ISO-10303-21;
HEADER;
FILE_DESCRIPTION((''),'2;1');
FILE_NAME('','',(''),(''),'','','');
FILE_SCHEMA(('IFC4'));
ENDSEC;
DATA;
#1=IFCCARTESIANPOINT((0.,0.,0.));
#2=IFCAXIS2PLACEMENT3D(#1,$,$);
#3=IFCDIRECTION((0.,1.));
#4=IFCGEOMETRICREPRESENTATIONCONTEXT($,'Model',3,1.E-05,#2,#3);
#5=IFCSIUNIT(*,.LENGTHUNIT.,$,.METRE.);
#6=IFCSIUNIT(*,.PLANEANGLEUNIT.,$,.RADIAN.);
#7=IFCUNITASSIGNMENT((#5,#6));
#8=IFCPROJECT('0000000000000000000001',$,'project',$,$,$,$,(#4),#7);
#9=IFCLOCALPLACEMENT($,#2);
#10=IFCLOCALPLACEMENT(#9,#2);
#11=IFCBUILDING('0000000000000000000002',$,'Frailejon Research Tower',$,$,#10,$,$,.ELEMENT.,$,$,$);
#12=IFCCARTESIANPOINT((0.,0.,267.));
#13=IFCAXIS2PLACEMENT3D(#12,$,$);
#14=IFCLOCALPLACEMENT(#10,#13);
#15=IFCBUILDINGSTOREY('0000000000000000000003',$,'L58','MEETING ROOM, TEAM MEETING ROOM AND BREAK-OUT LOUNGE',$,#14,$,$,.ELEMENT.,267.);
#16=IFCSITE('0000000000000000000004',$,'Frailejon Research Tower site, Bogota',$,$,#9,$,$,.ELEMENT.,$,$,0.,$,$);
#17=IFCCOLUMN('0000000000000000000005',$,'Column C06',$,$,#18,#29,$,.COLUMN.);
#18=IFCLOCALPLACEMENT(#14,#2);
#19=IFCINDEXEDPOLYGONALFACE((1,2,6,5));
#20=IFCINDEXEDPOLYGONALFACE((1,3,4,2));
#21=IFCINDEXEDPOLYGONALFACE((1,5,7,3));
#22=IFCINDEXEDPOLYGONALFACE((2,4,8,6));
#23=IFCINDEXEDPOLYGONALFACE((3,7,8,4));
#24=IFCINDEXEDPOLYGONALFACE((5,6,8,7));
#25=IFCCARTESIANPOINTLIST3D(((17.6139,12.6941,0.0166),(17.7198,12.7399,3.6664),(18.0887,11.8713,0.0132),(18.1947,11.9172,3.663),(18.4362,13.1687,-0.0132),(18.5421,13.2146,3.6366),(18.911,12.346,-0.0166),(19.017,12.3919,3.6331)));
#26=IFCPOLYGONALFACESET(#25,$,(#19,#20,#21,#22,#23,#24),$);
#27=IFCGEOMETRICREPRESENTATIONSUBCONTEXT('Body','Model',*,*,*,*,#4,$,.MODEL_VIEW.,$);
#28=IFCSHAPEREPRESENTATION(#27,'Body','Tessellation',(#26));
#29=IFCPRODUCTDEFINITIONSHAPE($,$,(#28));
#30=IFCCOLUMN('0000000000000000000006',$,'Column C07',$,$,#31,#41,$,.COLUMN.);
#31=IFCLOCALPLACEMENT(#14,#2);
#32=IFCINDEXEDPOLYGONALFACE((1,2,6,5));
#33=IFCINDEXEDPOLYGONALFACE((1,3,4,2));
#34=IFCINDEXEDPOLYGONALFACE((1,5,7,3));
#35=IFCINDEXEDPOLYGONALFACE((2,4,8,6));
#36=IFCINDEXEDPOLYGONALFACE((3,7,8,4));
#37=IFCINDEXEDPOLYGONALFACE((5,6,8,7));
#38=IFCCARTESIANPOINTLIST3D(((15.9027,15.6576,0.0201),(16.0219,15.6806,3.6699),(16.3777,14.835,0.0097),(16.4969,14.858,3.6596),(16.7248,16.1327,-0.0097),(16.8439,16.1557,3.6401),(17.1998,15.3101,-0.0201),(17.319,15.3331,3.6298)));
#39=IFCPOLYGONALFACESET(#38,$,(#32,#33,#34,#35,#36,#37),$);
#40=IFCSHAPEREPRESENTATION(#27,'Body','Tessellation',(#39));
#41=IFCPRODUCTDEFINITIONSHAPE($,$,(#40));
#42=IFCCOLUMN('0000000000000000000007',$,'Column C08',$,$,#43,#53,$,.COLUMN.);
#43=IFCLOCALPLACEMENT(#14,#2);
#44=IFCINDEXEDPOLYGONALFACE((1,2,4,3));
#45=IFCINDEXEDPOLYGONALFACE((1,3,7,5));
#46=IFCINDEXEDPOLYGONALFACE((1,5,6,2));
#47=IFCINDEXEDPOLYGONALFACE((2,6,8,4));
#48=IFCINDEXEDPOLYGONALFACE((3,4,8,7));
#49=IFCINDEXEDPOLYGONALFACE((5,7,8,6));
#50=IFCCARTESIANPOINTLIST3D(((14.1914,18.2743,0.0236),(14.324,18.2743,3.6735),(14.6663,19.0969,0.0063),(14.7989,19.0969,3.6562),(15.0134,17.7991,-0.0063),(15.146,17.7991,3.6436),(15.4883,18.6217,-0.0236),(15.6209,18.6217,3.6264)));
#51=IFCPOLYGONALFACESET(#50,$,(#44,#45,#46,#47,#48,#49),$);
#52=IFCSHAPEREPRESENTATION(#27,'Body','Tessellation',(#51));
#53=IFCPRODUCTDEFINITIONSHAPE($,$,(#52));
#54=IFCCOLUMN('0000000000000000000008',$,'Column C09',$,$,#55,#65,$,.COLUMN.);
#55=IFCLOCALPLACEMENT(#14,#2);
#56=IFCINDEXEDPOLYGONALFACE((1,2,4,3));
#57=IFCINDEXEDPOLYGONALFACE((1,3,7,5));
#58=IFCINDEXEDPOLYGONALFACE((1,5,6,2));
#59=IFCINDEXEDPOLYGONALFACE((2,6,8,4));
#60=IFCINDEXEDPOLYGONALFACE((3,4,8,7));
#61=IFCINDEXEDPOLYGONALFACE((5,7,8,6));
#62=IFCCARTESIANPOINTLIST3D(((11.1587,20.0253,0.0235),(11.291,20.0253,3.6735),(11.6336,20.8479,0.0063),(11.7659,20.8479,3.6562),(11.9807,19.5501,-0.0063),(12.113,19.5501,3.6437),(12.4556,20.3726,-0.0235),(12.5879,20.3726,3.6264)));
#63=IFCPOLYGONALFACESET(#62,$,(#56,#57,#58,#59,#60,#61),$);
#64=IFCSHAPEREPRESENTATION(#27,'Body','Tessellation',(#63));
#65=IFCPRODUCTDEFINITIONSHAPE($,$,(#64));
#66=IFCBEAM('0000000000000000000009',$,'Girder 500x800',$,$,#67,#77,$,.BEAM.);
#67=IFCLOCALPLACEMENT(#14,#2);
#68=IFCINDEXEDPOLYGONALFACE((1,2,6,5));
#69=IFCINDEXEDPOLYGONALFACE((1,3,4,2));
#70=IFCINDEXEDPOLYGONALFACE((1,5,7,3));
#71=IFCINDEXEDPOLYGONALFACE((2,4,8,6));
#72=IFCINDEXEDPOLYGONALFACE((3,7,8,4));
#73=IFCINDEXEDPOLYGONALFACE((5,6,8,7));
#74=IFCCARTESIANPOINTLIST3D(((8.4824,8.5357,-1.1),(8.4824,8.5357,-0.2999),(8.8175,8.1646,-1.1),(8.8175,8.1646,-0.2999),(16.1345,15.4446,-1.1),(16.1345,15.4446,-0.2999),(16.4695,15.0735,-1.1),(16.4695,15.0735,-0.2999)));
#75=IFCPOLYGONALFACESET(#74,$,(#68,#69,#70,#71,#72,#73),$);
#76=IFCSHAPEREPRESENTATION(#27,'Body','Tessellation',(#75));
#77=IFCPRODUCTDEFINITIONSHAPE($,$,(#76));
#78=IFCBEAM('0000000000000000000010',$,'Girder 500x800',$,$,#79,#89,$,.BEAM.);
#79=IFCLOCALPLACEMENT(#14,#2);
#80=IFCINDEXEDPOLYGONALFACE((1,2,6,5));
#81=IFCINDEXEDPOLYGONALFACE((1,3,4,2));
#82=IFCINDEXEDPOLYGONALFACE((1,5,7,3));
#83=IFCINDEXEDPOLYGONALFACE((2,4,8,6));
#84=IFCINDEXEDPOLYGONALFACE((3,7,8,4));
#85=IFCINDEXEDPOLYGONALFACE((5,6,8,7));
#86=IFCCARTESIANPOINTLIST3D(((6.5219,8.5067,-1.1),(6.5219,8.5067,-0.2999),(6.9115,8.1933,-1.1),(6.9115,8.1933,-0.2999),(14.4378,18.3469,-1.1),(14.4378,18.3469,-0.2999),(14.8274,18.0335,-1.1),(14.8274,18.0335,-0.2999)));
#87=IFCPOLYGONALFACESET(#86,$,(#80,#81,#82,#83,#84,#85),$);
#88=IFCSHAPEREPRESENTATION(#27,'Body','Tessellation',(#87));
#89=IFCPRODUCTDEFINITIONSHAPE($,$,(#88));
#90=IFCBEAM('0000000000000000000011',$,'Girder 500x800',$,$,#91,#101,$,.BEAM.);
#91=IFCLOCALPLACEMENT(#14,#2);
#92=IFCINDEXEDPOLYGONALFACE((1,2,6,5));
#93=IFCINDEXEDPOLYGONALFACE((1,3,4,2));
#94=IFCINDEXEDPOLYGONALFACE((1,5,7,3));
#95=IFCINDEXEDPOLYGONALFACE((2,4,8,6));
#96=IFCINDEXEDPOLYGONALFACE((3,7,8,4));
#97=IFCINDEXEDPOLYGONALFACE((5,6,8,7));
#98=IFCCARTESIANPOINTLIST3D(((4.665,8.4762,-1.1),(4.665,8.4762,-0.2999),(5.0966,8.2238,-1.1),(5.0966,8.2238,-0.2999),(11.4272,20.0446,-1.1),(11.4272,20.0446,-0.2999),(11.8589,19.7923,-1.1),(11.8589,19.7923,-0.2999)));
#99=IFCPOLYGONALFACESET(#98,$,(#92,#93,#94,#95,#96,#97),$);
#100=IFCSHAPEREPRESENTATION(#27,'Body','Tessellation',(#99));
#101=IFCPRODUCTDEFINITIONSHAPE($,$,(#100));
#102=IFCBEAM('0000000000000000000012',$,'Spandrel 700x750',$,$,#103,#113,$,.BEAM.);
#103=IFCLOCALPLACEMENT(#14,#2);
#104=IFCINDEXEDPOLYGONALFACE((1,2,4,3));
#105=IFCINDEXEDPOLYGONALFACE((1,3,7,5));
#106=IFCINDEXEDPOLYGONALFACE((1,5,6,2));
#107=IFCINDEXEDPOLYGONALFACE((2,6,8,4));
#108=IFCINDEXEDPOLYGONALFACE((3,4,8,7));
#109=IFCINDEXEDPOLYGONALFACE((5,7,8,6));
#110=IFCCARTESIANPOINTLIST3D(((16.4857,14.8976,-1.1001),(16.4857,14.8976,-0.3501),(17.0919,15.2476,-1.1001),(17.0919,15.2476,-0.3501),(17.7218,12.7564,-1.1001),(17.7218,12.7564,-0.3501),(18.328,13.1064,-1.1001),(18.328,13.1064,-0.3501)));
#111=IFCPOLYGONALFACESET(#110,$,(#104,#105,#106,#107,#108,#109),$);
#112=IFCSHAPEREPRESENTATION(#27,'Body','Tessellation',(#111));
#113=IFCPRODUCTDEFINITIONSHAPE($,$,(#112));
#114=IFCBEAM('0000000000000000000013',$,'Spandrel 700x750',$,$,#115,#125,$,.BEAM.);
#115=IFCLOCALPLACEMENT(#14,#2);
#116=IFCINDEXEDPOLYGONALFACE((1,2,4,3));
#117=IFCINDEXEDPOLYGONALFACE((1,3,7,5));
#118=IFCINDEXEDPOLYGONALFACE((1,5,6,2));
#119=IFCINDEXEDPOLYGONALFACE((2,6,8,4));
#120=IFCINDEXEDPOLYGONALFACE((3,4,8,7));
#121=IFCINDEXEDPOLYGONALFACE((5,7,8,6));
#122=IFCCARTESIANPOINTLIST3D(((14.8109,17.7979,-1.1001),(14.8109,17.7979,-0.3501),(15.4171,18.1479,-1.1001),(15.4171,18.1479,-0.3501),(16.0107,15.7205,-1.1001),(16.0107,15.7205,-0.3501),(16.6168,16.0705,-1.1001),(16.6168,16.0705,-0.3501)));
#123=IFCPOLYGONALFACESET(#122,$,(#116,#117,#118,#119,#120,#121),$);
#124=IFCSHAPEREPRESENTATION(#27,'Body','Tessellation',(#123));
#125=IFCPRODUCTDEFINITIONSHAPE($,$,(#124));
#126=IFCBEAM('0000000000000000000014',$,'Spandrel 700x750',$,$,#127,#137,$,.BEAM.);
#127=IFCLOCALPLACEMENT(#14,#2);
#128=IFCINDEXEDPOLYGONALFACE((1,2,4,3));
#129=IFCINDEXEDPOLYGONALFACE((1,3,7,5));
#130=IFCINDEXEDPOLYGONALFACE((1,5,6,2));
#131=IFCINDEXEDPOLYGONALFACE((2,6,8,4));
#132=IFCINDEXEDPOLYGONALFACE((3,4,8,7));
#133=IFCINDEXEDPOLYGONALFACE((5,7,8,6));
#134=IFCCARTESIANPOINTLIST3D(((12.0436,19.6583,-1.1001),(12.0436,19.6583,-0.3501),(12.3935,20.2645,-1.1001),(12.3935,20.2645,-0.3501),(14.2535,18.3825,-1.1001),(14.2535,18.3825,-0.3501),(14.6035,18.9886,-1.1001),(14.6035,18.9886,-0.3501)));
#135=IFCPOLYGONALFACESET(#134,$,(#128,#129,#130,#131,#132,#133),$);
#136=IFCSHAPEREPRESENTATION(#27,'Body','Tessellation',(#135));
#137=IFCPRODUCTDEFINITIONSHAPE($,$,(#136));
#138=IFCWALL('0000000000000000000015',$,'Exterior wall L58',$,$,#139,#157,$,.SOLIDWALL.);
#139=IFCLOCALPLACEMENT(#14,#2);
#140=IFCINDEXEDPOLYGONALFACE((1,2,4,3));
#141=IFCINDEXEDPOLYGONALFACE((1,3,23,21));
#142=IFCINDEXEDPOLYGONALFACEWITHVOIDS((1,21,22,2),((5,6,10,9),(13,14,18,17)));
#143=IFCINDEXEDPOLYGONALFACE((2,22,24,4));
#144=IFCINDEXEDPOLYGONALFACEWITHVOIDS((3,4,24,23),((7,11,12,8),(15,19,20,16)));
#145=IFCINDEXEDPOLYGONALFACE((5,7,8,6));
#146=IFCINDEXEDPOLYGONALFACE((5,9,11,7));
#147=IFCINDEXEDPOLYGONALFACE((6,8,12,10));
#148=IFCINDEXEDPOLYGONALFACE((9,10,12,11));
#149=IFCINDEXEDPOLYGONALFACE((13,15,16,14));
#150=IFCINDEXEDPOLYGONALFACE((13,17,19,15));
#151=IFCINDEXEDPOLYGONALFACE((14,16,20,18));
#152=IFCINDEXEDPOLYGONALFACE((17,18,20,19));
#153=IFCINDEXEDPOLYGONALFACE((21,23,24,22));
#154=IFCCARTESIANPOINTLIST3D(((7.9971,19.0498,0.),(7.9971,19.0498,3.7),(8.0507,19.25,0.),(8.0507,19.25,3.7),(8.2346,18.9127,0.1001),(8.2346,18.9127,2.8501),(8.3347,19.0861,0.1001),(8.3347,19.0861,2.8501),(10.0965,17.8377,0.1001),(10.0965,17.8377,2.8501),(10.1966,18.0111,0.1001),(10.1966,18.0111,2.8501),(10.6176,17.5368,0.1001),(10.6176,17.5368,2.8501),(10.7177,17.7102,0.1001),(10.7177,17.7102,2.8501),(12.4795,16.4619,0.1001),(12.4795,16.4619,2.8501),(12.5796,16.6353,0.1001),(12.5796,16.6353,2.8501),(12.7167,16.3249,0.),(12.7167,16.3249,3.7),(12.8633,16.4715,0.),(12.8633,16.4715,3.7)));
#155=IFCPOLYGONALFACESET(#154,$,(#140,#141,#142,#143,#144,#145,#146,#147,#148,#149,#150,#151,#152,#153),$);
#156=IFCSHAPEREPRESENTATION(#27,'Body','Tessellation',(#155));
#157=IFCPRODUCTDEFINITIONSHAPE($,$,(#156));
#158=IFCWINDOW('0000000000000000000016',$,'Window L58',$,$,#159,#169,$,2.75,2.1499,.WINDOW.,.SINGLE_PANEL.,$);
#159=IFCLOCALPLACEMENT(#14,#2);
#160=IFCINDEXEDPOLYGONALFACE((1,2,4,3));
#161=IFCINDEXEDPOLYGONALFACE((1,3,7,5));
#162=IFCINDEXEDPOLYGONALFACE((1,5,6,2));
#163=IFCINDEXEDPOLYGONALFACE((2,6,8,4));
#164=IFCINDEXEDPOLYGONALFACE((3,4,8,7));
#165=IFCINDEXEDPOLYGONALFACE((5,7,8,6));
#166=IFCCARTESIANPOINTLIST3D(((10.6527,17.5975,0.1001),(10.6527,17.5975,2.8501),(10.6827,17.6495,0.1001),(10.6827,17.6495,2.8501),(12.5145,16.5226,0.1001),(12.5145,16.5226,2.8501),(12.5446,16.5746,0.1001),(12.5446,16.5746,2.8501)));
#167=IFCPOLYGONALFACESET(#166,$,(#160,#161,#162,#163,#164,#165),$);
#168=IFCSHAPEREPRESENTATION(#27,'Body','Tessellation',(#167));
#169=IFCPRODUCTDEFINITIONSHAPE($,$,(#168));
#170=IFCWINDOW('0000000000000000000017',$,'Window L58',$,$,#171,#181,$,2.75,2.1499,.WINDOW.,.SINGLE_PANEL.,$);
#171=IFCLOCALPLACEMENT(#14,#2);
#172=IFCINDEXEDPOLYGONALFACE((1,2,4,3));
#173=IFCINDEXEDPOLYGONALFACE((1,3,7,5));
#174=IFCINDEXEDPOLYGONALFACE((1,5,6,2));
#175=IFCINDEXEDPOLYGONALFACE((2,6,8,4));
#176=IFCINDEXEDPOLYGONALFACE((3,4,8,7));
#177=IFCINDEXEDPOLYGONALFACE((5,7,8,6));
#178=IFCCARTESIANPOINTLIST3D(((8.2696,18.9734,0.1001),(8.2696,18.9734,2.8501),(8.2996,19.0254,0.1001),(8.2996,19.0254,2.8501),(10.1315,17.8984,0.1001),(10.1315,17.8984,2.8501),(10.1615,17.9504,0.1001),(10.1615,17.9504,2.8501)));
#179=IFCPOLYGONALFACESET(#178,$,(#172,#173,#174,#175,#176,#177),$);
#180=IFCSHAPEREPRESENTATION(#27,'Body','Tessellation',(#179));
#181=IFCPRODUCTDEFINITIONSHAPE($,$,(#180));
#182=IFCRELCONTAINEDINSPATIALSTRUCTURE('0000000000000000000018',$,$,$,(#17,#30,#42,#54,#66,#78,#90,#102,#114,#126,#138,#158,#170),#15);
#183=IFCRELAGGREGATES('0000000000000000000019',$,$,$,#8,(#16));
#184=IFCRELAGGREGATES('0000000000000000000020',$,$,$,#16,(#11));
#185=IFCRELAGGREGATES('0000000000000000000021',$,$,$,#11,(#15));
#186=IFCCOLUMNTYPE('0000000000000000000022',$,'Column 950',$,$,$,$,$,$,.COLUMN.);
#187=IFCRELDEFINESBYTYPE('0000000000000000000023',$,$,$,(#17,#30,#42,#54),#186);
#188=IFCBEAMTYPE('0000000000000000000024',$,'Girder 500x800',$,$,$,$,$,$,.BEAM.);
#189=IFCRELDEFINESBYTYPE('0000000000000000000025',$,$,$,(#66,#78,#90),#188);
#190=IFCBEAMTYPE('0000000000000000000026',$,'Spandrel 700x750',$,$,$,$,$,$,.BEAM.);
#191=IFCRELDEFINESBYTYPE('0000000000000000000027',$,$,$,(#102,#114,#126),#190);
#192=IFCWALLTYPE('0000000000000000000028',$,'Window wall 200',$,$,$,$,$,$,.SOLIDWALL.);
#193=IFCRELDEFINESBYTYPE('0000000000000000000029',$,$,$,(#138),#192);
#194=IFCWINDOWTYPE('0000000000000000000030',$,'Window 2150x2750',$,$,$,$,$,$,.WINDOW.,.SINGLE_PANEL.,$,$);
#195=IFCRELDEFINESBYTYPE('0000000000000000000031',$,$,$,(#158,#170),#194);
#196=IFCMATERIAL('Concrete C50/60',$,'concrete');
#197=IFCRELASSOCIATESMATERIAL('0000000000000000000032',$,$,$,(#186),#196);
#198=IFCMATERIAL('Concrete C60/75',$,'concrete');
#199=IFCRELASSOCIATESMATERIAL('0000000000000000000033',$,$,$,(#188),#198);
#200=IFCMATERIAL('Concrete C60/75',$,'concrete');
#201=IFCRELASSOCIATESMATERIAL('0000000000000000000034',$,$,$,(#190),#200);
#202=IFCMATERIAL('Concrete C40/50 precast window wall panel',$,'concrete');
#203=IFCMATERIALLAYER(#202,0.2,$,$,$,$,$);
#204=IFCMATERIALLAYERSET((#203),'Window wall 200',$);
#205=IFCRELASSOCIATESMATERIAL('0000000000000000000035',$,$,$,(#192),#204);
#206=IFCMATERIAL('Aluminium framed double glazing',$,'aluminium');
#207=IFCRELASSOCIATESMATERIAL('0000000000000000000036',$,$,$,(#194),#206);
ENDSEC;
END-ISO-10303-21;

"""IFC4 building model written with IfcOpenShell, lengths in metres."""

from ifc_helpers import new_model, si_unit, direction, frame, frame_2d, origin, origin_2d, place, context, subcontext, project, spatial, polyline, rectangle, outline, extrude, material, layer, layer_set, material_profile, profile_set, type_object, element, fill, save


model = new_model("IFC4")

# Units and contexts
model_context = context("Model", 3, precision=1e-05, world=origin(), true_north=direction((0.0, 1.0)))
body_context = subcontext(model_context, "Body", "Model", "MODEL_VIEW")
ifc_project = project(units=[si_unit("LENGTHUNIT", "METRE"), si_unit("PLANEANGLEUNIT", "RADIAN")], contexts=[model_context])

# Site, building, storey
site_placement = place(None, origin())
site = spatial("IfcSite", under=ifc_project, at=site_placement, Name="Frailejon Research Tower site, Bogota", CompositionType="ELEMENT", RefElevation=0.0)
building_placement = place(site_placement, origin())
building = spatial("IfcBuilding", under=site, at=building_placement, Name="Frailejon Research Tower", CompositionType="ELEMENT")
storey_placement = place(building_placement, frame((0.0, 0.0, 267.0)))
storey = spatial("IfcBuildingStorey", under=building, at=storey_placement, Name="L58", Description="MEETING ROOM, TEAM MEETING ROOM AND BREAK-OUT LOUNGE", CompositionType="ELEMENT", Elevation=267.0)

# Columns
ifc_material_1 = material(Name="Concrete C50/60", Category="concrete")
ifc_material_profile_1 = material_profile(ifc_material_1, rectangle(XDim=0.95, YDim=0.95, at=origin_2d()), Name="Column 950")
ifc_profile_set_1 = profile_set([ifc_material_profile_1], Name="Concrete C50/60")
column_type = type_object("IfcColumnType", Name="Column 950", PredefinedType="COLUMN", material=ifc_profile_set_1)
column_1_placement = place(storey_placement, frame((18.2625, 12.52, 0.0), z_axis=(0.029016, 0.012569, 0.9995), x_axis=(-0.499849, 0.866105, 0.003619)))
element("IfcColumn", 1, at=column_1_placement, inside=storey, type_object=column_type, Name="Column C06", PredefinedType="COLUMN", context=body_context, shape_type="SweptSolid", body=[
    extrude(rectangle(XDim=0.95, YDim=0.95, at=origin_2d()), origin(), (0.0, 0.0, 1.0), 3.6516),
])
column_2_placement = place(storey_placement, frame((16.5513, 15.4839, 0.0), z_axis=(0.032624, 0.006284, 0.999448), x_axis=(-0.500036, 0.865936, 0.010878)))
element("IfcColumn", 2, at=column_2_placement, inside=storey, type_object=column_type, Name="Column C07", PredefinedType="COLUMN", context=body_context, shape_type="SweptSolid", body=[
    extrude(rectangle(XDim=0.95, YDim=0.95, at=origin_2d()), origin(), (0.0, 0.0, 1.0), 3.6519),
])
for number, where, z_axis, x_axis, name in (
    (3, (14.8398, 18.448, 0.0), (0.036297, 0.0, 0.999341), (-0.865313, 0.500246, 0.031429), "Column C08"),
    (4, (11.8071, 20.199, 0.0), (0.03623, 0.0, 0.999343), (-0.865315, 0.500246, 0.031371), "Column C09"),
):
    element("IfcColumn", number, at=place(storey_placement, frame(where, z_axis=z_axis, x_axis=x_axis)), inside=storey, type_object=column_type, Name=name, PredefinedType="COLUMN", context=body_context, shape_type="SweptSolid", body=[
        extrude(rectangle(XDim=0.95, YDim=0.95, at=origin_2d()), origin(), (0.0, 0.0, 1.0), 3.6523),
    ])

# Beams
ifc_material_2 = material(Name="Concrete C60/75", Category="concrete")
ifc_material_profile_2 = material_profile(ifc_material_2, rectangle(XDim=0.5, YDim=0.8, at=origin_2d()), Name="Girder 500x800")
ifc_profile_set_2 = profile_set([ifc_material_profile_2], Name="Concrete C60/75")
beam_type_1 = type_object("IfcBeamType", Name="Girder 500x800", PredefinedType="BEAM", material=ifc_profile_set_2)
beam_1_placement = place(storey_placement, frame((16.302, 15.259, -0.7), z_axis=(-0.74223, -0.670145, 0.0), x_axis=(0.670145, -0.74223, 0.0)))
element("IfcBeam", 5, at=beam_1_placement, inside=storey, type_object=beam_type_1, Name="Girder 500x800", PredefinedType="BEAM", context=body_context, shape_type="SweptSolid", body=[
    extrude(rectangle(XDim=0.5, YDim=0.8, at=origin_2d()), origin(), (0.0, 0.0, 1.0), 10.3096),
])
beam_2_placement = place(storey_placement, frame((14.6326, 18.1902, -0.7), z_axis=(-0.626803, -0.779178, 0.0), x_axis=(0.779178, -0.626803, 0.0)))
element("IfcBeam", 6, at=beam_2_placement, inside=storey, type_object=beam_type_1, Name="Girder 500x800", PredefinedType="BEAM", context=body_context, shape_type="SweptSolid", body=[
    extrude(rectangle(XDim=0.5, YDim=0.8, at=origin_2d()), origin(), (0.0, 0.0, 1.0), 12.6289),
])
beam_3_placement = place(storey_placement, frame((11.6431, 19.9185, -0.7), z_axis=(-0.50465, -0.863324, 0.0), x_axis=(0.863324, -0.50465, 0.0)))
element("IfcBeam", 7, at=beam_3_placement, inside=storey, type_object=beam_type_1, Name="Girder 500x800", PredefinedType="BEAM", context=body_context, shape_type="SweptSolid", body=[
    extrude(rectangle(XDim=0.5, YDim=0.8, at=origin_2d()), origin(), (0.0, 0.0, 1.0), 13.3999),
])
ifc_material_3 = material(Name="Concrete C60/75", Category="concrete")
ifc_material_profile_3 = material_profile(ifc_material_3, rectangle(XDim=0.7, YDim=0.75, at=origin_2d()), Name="Spandrel 700x750")
ifc_profile_set_3 = profile_set([ifc_material_profile_3], Name="Concrete C60/75")
beam_type_2 = type_object("IfcBeamType", Name="Spandrel 700x750", PredefinedType="BEAM", material=ifc_profile_set_3)
beam_4_placement = place(storey_placement, frame((18.0249, 12.9314, -0.7251), z_axis=(-0.499973, 0.866041, 0.0), x_axis=(-0.866041, -0.499973, 0.0)))
element("IfcBeam", 8, at=beam_4_placement, inside=storey, type_object=beam_type_2, Name="Spandrel 700x750", PredefinedType="BEAM", context=body_context, shape_type="SweptSolid", body=[
    extrude(rectangle(XDim=0.7, YDim=0.75, at=origin_2d()), origin(), (0.0, 0.0, 1.0), 2.4724),
])
beam_5_placement = place(storey_placement, frame((16.3137, 15.8955, -0.7251), z_axis=(-0.500101, 0.865967, 0.0), x_axis=(-0.865967, -0.500101, 0.0)))
element("IfcBeam", 9, at=beam_5_placement, inside=storey, type_object=beam_type_2, Name="Spandrel 700x750", PredefinedType="BEAM", context=body_context, shape_type="SweptSolid", body=[
    extrude(rectangle(XDim=0.7, YDim=0.75, at=origin_2d()), origin(), (0.0, 0.0, 1.0), 2.3989),
])
beam_6_placement = place(storey_placement, frame((14.4285, 18.6855, -0.7251), z_axis=(-0.866033, 0.499987, 0.0), x_axis=(-0.499987, -0.866033, 0.0)))
element("IfcBeam", 10, at=beam_6_placement, inside=storey, type_object=beam_type_2, Name="Spandrel 700x750", PredefinedType="BEAM", context=body_context, shape_type="SweptSolid", body=[
    extrude(rectangle(XDim=0.7, YDim=0.75, at=origin_2d()), origin(), (0.0, 0.0, 1.0), 2.5518),
])

# Wall, openings, windows
ifc_material_4 = material(Name="Concrete C40/50 precast window wall panel", Category="concrete")
ifc_layer_1 = layer(ifc_material_4, 0.2)
ifc_layer_set_1 = layer_set([ifc_layer_1], Name="Window wall 200")
wall_type = type_object("IfcWallType", Name="Window wall 200", PredefinedType="SOLIDWALL", material=ifc_layer_set_1)
wall_placement = place(storey_placement, frame((12.79, 16.3982, 0.0), z_axis=(0.0, 0.0, 1.0), x_axis=(-0.866026, 0.499999, 0.0)))
wall = element("IfcWall", 11, at=wall_placement, inside=storey, type_object=wall_type, Name="Exterior wall L58", PredefinedType="SOLIDWALL", context=body_context, shape_type="SweptSolid", body=[
    extrude(outline(polyline([(-0.0269, -0.1001), (1.0845, -0.1001), (2.196, -0.1001), (3.3074, -0.1001), (4.4189, -0.1001), (5.5303, -0.1001), (5.4766, 0.1001), (4.3867, 0.1001), (3.2966, 0.1001), (2.2068, 0.1001), (1.1167, 0.1001), (0.0269, 0.1001), (-0.0269, -0.1001)])), origin(), (0.0, 0.0, 1.0), 3.7),
])
opening_1_placement = place(wall_placement, frame((0.3008, 0.0, 0.1001)))
opening_1 = element("IfcOpeningElement", 12, at=opening_1_placement, cuts=wall, PredefinedType="OPENING", context=body_context, shape_type="SweptSolid", body=[
    extrude(rectangle(XDim=2.1499, YDim=2.75, at=frame_2d((1.075, 1.375))), frame((0.0, 0.1099, 0.0), z_axis=(0.0, -1.0, 0.0), x_axis=(1.0, 0.0, 0.0)), (0.0, 0.0, 1.0), 0.22),
])
opening_2_placement = place(wall_placement, frame((3.0525, 0.0, 0.1001)))
opening_2 = element("IfcOpeningElement", 13, at=opening_2_placement, cuts=wall, PredefinedType="OPENING", context=body_context, shape_type="SweptSolid", body=[
    extrude(rectangle(XDim=2.1499, YDim=2.75, at=frame_2d((1.075, 1.375))), frame((0.0, 0.1099, 0.0), z_axis=(0.0, -1.0, 0.0), x_axis=(1.0, 0.0, 0.0)), (0.0, 0.0, 1.0), 0.22),
])
ifc_material_5 = material(Name="Aluminium framed double glazing", Category="aluminium")
window_type = type_object("IfcWindowType", Name="Window 2150x2750", PartitioningType="SINGLE_PANEL", PredefinedType="WINDOW", material=ifc_material_5)
window_1_placement = place(opening_1_placement, origin())
window_1 = element("IfcWindow", 14, at=window_1_placement, inside=storey, type_object=window_type, Name="Window L58", OverallHeight=2.75, OverallWidth=2.1499, PartitioningType="SINGLE_PANEL", PredefinedType="WINDOW", context=body_context, shape_type="SweptSolid", body=[
    extrude(rectangle(XDim=2.1499, YDim=2.75, at=frame_2d((1.075, 1.375))), frame((0.0, 0.03, 0.0), z_axis=(0.0, -1.0, 0.0), x_axis=(1.0, 0.0, 0.0)), (0.0, 0.0, 1.0), 0.0601),
])
fill(opening_1, window_1)
window_2_placement = place(opening_2_placement, origin())
window_2 = element("IfcWindow", 15, at=window_2_placement, inside=storey, type_object=window_type, Name="Window L58", OverallHeight=2.75, OverallWidth=2.1499, PartitioningType="SINGLE_PANEL", PredefinedType="WINDOW", context=body_context, shape_type="SweptSolid", body=[
    extrude(rectangle(XDim=2.1499, YDim=2.75, at=frame_2d((1.075, 1.375))), frame((0.0, 0.03, 0.0), z_axis=(0.0, -1.0, 0.0), x_axis=(1.0, 0.0, 0.0)), (0.0, 0.0, 1.0), 0.0601),
])
fill(opening_2, window_2)

save(model, "model.ifc")
